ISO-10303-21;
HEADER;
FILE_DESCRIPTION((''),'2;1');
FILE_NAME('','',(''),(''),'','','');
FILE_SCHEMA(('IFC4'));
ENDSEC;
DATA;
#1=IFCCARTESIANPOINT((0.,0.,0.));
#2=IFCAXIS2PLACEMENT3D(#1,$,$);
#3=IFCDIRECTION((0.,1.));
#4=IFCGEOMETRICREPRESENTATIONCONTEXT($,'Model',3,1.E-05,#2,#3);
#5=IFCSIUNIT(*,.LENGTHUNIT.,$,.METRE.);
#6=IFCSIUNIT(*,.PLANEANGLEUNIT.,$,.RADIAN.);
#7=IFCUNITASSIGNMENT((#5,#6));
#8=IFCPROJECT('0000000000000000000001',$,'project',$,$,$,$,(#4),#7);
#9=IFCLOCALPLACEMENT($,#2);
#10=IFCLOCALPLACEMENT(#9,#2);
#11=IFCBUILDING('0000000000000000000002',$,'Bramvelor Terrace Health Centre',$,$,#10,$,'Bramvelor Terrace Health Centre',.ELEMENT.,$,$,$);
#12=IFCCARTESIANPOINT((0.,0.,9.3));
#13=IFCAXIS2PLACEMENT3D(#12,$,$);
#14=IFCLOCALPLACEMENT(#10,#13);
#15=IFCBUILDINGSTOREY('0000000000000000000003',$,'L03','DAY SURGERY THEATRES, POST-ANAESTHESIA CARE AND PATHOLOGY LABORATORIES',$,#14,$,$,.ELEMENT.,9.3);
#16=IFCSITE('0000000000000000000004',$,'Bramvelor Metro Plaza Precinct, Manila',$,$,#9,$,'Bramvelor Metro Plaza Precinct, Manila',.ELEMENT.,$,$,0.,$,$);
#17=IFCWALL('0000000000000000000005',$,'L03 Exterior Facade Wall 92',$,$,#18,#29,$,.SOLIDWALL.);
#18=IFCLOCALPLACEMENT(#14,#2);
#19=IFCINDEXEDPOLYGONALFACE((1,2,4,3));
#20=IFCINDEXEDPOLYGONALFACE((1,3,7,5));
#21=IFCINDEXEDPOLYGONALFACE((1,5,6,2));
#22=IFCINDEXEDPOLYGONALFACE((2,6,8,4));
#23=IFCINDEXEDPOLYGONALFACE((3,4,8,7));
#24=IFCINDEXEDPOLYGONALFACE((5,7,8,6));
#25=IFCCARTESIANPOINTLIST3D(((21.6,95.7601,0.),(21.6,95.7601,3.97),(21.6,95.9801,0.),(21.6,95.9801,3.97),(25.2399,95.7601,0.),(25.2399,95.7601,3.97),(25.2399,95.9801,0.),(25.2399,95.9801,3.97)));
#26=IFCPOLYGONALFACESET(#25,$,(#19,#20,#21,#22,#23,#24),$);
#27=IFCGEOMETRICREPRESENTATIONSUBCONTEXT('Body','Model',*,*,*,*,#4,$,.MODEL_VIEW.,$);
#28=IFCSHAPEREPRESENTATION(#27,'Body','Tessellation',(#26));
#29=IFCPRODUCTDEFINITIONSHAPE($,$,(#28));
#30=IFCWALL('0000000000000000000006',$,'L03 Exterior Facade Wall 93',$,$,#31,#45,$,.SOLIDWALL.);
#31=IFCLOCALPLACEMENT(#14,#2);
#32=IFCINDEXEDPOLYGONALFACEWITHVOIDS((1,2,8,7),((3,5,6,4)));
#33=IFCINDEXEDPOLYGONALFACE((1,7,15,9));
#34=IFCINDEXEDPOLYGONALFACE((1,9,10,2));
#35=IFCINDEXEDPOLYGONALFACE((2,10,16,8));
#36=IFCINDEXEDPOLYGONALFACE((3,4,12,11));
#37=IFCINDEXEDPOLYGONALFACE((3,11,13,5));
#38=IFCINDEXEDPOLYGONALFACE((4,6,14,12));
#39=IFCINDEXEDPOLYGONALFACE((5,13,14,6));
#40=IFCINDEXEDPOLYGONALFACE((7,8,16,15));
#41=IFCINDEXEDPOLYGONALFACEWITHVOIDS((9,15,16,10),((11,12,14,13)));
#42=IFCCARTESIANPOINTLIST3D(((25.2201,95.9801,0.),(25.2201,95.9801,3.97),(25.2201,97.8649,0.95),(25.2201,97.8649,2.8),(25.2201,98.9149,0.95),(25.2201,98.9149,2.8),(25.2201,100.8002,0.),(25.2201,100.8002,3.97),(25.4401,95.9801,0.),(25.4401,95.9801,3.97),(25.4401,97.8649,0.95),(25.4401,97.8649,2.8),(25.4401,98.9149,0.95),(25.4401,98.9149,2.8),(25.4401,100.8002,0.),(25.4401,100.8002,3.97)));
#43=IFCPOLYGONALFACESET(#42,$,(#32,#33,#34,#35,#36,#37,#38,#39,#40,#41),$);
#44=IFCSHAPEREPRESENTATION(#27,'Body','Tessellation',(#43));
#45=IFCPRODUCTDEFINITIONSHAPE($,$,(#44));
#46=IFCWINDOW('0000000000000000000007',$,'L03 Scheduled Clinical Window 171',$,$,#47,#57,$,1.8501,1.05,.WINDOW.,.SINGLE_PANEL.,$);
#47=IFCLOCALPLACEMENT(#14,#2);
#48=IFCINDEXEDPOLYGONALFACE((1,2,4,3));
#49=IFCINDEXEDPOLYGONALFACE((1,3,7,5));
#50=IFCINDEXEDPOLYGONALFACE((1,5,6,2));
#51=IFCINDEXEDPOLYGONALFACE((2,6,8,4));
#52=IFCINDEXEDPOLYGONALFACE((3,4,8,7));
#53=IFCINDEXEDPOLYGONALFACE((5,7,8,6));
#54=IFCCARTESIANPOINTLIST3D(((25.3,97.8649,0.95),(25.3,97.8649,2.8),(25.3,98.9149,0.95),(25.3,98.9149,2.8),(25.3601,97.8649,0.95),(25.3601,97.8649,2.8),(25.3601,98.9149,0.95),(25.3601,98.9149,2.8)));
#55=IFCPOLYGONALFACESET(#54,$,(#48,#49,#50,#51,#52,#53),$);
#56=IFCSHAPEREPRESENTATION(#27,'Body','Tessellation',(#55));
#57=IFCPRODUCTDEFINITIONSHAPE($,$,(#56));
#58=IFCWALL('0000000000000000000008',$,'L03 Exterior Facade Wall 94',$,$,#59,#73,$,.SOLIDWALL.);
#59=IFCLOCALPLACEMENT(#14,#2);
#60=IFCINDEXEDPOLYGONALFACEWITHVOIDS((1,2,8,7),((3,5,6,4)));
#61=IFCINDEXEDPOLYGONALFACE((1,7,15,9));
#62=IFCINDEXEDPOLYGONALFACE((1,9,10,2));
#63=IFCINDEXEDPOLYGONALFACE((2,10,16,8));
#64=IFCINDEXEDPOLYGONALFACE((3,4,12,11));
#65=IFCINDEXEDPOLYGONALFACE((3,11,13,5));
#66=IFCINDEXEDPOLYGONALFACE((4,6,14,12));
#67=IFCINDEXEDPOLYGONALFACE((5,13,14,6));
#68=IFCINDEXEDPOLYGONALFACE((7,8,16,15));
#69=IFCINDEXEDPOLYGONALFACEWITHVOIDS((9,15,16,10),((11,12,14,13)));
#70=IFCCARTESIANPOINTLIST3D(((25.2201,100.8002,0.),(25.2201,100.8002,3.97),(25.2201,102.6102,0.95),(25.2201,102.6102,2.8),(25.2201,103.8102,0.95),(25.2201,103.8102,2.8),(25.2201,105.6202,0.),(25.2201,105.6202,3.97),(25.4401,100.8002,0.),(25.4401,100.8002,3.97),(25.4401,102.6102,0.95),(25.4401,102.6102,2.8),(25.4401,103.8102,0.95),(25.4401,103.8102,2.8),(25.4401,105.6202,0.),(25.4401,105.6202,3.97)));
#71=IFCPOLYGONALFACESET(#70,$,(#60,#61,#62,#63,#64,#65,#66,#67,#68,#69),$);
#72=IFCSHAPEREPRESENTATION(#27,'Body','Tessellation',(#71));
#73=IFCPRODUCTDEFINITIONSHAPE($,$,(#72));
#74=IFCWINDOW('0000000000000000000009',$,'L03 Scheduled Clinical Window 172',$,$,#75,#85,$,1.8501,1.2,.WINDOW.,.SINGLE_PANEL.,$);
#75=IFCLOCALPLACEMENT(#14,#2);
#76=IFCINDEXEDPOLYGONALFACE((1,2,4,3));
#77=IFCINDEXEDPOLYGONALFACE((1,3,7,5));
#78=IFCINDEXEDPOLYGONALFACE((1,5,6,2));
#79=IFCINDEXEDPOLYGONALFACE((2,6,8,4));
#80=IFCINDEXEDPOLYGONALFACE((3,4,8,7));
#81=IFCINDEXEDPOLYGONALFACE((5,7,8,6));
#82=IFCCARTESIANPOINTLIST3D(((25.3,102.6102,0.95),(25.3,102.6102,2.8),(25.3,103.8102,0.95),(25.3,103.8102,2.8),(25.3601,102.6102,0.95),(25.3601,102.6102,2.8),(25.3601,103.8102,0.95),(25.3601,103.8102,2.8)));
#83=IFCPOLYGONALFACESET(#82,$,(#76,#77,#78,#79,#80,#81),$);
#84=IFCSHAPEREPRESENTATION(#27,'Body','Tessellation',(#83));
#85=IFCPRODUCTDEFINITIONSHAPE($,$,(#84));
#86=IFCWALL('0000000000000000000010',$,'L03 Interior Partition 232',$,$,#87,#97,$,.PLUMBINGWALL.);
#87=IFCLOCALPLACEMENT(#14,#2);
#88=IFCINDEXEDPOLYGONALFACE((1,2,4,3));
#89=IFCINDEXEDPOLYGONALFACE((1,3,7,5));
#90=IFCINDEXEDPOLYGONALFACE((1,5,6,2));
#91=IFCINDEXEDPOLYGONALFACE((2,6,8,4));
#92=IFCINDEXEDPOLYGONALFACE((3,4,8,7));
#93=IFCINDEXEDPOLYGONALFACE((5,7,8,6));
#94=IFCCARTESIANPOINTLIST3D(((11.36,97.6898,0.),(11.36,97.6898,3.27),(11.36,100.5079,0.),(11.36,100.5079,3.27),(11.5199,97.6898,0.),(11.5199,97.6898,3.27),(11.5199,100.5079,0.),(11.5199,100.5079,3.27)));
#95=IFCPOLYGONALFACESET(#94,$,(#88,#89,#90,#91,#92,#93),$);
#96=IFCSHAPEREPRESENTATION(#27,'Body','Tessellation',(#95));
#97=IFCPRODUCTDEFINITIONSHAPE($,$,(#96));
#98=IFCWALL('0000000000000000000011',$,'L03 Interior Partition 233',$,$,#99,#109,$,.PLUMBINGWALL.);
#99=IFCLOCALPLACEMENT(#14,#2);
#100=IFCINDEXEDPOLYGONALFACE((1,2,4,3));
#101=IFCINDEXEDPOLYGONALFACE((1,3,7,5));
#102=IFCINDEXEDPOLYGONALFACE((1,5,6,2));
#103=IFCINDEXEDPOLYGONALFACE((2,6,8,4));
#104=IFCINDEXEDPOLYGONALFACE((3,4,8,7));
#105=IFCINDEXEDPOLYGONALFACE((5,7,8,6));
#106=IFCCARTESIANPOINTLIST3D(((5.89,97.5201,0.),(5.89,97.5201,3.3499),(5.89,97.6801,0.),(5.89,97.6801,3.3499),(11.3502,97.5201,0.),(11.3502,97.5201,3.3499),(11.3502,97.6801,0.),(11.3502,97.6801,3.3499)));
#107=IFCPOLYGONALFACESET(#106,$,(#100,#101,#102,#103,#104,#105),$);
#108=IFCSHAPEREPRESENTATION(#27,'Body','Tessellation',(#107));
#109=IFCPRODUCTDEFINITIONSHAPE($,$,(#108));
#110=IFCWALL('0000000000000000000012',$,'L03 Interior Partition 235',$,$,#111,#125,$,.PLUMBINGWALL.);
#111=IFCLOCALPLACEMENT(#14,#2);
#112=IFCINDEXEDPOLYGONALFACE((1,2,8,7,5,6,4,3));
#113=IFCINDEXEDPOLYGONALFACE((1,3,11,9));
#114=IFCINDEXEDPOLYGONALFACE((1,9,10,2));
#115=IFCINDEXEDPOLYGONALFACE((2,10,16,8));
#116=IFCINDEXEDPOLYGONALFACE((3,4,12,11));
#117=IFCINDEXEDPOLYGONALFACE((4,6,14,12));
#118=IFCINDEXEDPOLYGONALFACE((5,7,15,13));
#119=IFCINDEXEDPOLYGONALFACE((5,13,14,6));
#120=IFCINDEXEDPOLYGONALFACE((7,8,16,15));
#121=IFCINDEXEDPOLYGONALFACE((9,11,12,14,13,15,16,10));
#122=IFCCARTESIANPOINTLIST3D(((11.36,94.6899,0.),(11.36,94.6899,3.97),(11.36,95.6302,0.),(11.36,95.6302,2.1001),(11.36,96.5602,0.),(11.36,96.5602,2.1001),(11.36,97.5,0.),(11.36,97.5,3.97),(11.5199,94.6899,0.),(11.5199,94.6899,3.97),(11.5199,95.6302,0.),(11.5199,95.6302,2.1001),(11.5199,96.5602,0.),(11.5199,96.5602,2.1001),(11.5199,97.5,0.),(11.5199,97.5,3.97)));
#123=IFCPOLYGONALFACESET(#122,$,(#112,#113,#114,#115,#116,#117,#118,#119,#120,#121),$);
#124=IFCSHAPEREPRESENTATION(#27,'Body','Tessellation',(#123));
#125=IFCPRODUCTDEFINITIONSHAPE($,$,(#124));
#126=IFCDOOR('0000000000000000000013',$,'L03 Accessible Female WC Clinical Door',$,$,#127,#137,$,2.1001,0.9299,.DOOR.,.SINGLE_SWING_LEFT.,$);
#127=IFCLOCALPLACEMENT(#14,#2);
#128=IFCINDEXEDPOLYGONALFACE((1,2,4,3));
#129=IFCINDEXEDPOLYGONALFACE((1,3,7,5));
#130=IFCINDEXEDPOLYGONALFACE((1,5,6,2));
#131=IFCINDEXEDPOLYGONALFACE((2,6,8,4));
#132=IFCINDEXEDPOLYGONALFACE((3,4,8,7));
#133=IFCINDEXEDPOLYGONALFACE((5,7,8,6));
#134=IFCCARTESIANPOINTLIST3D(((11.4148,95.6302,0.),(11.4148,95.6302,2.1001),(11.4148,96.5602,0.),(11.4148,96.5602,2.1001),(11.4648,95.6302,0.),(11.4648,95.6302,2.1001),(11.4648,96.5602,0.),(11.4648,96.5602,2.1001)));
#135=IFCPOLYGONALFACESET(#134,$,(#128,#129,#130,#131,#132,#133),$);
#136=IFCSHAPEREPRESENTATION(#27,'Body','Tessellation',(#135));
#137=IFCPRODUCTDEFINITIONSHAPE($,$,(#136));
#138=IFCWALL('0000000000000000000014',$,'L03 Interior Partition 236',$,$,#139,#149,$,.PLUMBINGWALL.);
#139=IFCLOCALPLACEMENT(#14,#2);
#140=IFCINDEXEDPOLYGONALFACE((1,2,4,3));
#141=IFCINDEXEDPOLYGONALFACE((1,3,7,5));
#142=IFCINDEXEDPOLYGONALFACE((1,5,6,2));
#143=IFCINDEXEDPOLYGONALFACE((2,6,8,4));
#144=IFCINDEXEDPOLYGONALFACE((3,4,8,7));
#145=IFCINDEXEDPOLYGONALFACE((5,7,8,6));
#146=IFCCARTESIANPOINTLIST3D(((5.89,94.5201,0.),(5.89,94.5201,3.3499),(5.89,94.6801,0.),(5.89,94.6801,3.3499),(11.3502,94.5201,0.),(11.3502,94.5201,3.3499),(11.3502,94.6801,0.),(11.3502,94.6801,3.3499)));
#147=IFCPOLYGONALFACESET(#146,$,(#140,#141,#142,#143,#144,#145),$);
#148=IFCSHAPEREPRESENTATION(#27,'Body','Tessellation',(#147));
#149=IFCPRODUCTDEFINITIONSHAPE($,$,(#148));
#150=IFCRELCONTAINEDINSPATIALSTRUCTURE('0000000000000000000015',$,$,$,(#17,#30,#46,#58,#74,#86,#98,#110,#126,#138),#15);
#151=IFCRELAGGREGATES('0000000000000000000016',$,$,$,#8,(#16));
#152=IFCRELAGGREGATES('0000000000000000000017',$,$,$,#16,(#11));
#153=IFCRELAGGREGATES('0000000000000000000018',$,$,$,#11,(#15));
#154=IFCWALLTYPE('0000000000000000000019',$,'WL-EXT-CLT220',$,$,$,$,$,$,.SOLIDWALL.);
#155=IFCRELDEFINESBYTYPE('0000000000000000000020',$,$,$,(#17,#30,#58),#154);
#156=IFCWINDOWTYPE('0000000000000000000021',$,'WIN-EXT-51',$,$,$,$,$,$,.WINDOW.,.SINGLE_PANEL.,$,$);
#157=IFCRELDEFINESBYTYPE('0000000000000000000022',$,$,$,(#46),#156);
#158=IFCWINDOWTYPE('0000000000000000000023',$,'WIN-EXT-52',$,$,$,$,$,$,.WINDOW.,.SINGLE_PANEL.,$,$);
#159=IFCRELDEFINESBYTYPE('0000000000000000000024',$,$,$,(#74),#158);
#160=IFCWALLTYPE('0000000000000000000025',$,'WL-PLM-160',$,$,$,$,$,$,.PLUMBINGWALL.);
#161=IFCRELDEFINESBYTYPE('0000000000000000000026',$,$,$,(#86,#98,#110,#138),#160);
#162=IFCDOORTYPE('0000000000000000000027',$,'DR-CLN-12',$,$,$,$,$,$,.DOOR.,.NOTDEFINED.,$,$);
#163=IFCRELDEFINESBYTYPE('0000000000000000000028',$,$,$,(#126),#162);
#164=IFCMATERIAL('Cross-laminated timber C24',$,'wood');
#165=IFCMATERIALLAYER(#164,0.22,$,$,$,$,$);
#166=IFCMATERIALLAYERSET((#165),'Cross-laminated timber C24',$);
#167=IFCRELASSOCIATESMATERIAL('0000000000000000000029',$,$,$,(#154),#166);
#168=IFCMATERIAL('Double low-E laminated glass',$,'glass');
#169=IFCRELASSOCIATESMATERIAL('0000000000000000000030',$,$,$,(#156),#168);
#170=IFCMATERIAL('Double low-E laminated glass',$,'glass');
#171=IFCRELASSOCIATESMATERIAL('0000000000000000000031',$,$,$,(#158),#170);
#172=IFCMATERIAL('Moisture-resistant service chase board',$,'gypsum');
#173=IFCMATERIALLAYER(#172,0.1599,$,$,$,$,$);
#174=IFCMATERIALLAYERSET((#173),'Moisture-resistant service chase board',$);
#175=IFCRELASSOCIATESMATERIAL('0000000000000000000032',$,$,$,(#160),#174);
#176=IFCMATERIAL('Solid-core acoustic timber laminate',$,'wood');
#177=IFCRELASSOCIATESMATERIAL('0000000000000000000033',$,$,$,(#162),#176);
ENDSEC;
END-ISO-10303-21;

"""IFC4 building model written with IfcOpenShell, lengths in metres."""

from ifc_helpers import new_model, si_unit, direction, frame, frame_2d, origin, place, context, subcontext, project, spatial, rectangle, extrude, material, layer, layer_set, type_object, element, fill, save


model = new_model("IFC4")

# Units and contexts
model_context = context("Model", 3, precision=1e-05, world=origin(), true_north=direction((0.0, 1.0)))
body_context = subcontext(model_context, "Body", "Model", "MODEL_VIEW")
ifc_project = project(units=[si_unit("LENGTHUNIT", "METRE"), si_unit("PLANEANGLEUNIT", "RADIAN")], contexts=[model_context])

# Site, building, storey
site_placement = place(None, origin())
site = spatial("IfcSite", under=ifc_project, at=site_placement, Name="Bramvelor Metro Plaza Precinct, Manila", LongName="Bramvelor Metro Plaza Precinct, Manila", CompositionType="ELEMENT", RefElevation=0.0)
building_placement = place(site_placement, origin())
building = spatial("IfcBuilding", under=site, at=building_placement, Name="Bramvelor Terrace Health Centre", LongName="Bramvelor Terrace Health Centre", CompositionType="ELEMENT")
storey_placement = place(building_placement, frame((0.0, 0.0, 9.3)))
storey = spatial("IfcBuildingStorey", under=building, at=storey_placement, Name="L03", Description="DAY SURGERY THEATRES, POST-ANAESTHESIA CARE AND PATHOLOGY LABORATORIES", CompositionType="ELEMENT", Elevation=9.3)

# Shared definitions
ifc_material_1 = material(Name="Cross-laminated timber C24", Category="wood")
ifc_layer_1 = layer(ifc_material_1, 0.22)
ifc_layer_set_1 = layer_set([ifc_layer_1], Name="Cross-laminated timber C24")
wall_type_1 = type_object("IfcWallType", Name="WL-EXT-CLT220", PredefinedType="SOLIDWALL", material=ifc_layer_set_1)

# Wall
wall_1_placement = place(storey_placement, frame((21.6001, 95.8701, 0.0), z_axis=(0.0, 0.0, 1.0), x_axis=(1.0, 0.0, 0.0)))
element("IfcWall", 1, at=wall_1_placement, inside=storey, type_object=wall_type_1, Name="L03 Exterior Facade Wall 92", PredefinedType="SOLIDWALL", context=body_context, shape_type="SweptSolid", body=[
    extrude(rectangle(XDim=3.6399, YDim=0.22, at=frame_2d((1.8198, 0.0))), origin(), (0.0, 0.0, 1.0), 3.97),
])

# Walls, openings, windows
wall_2_placement = place(storey_placement, frame((25.3301, 95.98, 0.0), z_axis=(0.0, 0.0, 1.0), x_axis=(0.0, 1.0, 0.0)))
wall_2 = element("IfcWall", 2, at=wall_2_placement, inside=storey, type_object=wall_type_1, Name="L03 Exterior Facade Wall 93", PredefinedType="SOLIDWALL", context=body_context, shape_type="SweptSolid", body=[
    extrude(rectangle(XDim=4.8201, YDim=0.22, at=frame_2d((2.4102, 0.0))), origin(), (0.0, 0.0, 1.0), 3.97),
])
opening_1_placement = place(wall_2_placement, frame((1.885, 0.0, 0.95)))
opening_1 = element("IfcOpeningElement", 3, at=opening_1_placement, cuts=wall_2, PredefinedType="OPENING", context=body_context, shape_type="SweptSolid", body=[
    extrude(rectangle(XDim=1.05, YDim=1.8501, at=frame_2d((0.5249, 0.925))), frame((0.0, 0.1199, 0.0), z_axis=(0.0, -1.0, 0.0), x_axis=(1.0, 0.0, 0.0)), (0.0, 0.0, 1.0), 0.24),
])
ifc_material_2 = material(Name="Double low-E laminated glass", Category="glass")
window_type_1 = type_object("IfcWindowType", Name="WIN-EXT-51", PartitioningType="SINGLE_PANEL", PredefinedType="WINDOW", material=ifc_material_2)
window_1_placement = place(opening_1_placement, origin())
window_1 = element("IfcWindow", 4, at=window_1_placement, inside=storey, type_object=window_type_1, Name="L03 Scheduled Clinical Window 171", OverallHeight=1.8501, OverallWidth=1.05, PartitioningType="SINGLE_PANEL", PredefinedType="WINDOW", context=body_context, shape_type="SweptSolid", body=[
    extrude(rectangle(XDim=1.05, YDim=1.8501, at=frame_2d((0.5249, 0.925))), frame((0.0, 0.03, 0.0), z_axis=(0.0, -1.0, 0.0), x_axis=(1.0, 0.0, 0.0)), (0.0, 0.0, 1.0), 0.0601),
])
fill(opening_1, window_1)
wall_3_placement = place(storey_placement, frame((25.3301, 100.8, 0.0), z_axis=(0.0, 0.0, 1.0), x_axis=(0.0, 1.0, 0.0)))
wall_3 = element("IfcWall", 5, at=wall_3_placement, inside=storey, type_object=wall_type_1, Name="L03 Exterior Facade Wall 94", PredefinedType="SOLIDWALL", context=body_context, shape_type="SweptSolid", body=[
    extrude(rectangle(XDim=4.8201, YDim=0.22, at=frame_2d((2.4102, 0.0))), origin(), (0.0, 0.0, 1.0), 3.97),
])
opening_2_placement = place(wall_3_placement, frame((1.8101, 0.0, 0.95)))
opening_2 = element("IfcOpeningElement", 6, at=opening_2_placement, cuts=wall_3, PredefinedType="OPENING", context=body_context, shape_type="SweptSolid", body=[
    extrude(rectangle(XDim=1.2, YDim=1.8501, at=frame_2d((0.6001, 0.925))), frame((0.0, 0.1199, 0.0), z_axis=(0.0, -1.0, 0.0), x_axis=(1.0, 0.0, 0.0)), (0.0, 0.0, 1.0), 0.24),
])
ifc_material_3 = material(Name="Double low-E laminated glass", Category="glass")
window_type_2 = type_object("IfcWindowType", Name="WIN-EXT-52", PartitioningType="SINGLE_PANEL", PredefinedType="WINDOW", material=ifc_material_3)
window_2_placement = place(opening_2_placement, origin())
window_2 = element("IfcWindow", 7, at=window_2_placement, inside=storey, type_object=window_type_2, Name="L03 Scheduled Clinical Window 172", OverallHeight=1.8501, OverallWidth=1.2, PartitioningType="SINGLE_PANEL", PredefinedType="WINDOW", context=body_context, shape_type="SweptSolid", body=[
    extrude(rectangle(XDim=1.2, YDim=1.8501, at=frame_2d((0.6001, 0.925))), frame((0.0, 0.03, 0.0), z_axis=(0.0, -1.0, 0.0), x_axis=(1.0, 0.0, 0.0)), (0.0, 0.0, 1.0), 0.0601),
])
fill(opening_2, window_2)

# Walls
ifc_material_4 = material(Name="Moisture-resistant service chase board", Category="gypsum")
ifc_layer_2 = layer(ifc_material_4, 0.1599)
ifc_layer_set_2 = layer_set([ifc_layer_2], Name="Moisture-resistant service chase board")
wall_type_2 = type_object("IfcWallType", Name="WL-PLM-160", PredefinedType="PLUMBINGWALL", material=ifc_layer_set_2)
wall_4_placement = place(storey_placement, frame((11.4399, 100.5081, 0.0), z_axis=(0.0, 0.0, 1.0), x_axis=(0.0, -1.0, 0.0)))
element("IfcWall", 8, at=wall_4_placement, inside=storey, type_object=wall_type_2, Name="L03 Interior Partition 232", PredefinedType="PLUMBINGWALL", context=body_context, shape_type="SweptSolid", body=[
    extrude(rectangle(XDim=2.8181, YDim=0.1599, at=frame_2d((1.4092, 0.0))), origin(), (0.0, 0.0, 1.0), 3.27),
])
wall_5_placement = place(storey_placement, frame((11.3501, 97.6001, 0.0), z_axis=(0.0, 0.0, 1.0), x_axis=(-1.0, 0.0, 0.0)))
element("IfcWall", 9, at=wall_5_placement, inside=storey, type_object=wall_type_2, Name="L03 Interior Partition 233", PredefinedType="PLUMBINGWALL", context=body_context, shape_type="SweptSolid", body=[
    extrude(rectangle(XDim=5.4602, YDim=0.1599, at=frame_2d((2.73, 0.0))), origin(), (0.0, 0.0, 1.0), 3.3499),
])

# Wall, opening, door
wall_6_placement = place(storey_placement, frame((11.4399, 97.5, 0.0), z_axis=(0.0, 0.0, 1.0), x_axis=(0.0, -1.0, 0.0)))
wall_6 = element("IfcWall", 10, at=wall_6_placement, inside=storey, type_object=wall_type_2, Name="L03 Interior Partition 235", PredefinedType="PLUMBINGWALL", context=body_context, shape_type="SweptSolid", body=[
    extrude(rectangle(XDim=2.8101, YDim=0.1599, at=frame_2d((1.405, 0.0))), origin(), (0.0, 0.0, 1.0), 3.97),
])
opening_3_placement = place(wall_6_placement, frame((0.9399, 0.0, 0.0)))
opening_3 = element("IfcOpeningElement", 11, at=opening_3_placement, cuts=wall_6, PredefinedType="OPENING", context=body_context, shape_type="SweptSolid", body=[
    extrude(rectangle(XDim=0.9299, YDim=2.1001, at=frame_2d((0.4648, 1.05))), frame((0.0, 0.0898, 0.0), z_axis=(0.0, -1.0, 0.0), x_axis=(1.0, 0.0, 0.0)), (0.0, 0.0, 1.0), 0.1799),
])
ifc_material_5 = material(Name="Solid-core acoustic timber laminate", Category="wood")
door_type_1 = type_object("IfcDoorType", Name="DR-CLN-12", OperationType="NOTDEFINED", PredefinedType="DOOR", material=ifc_material_5)
door_1_placement = place(opening_3_placement, origin())
door_1 = element("IfcDoor", 12, at=door_1_placement, inside=storey, type_object=door_type_1, Name="L03 Accessible Female WC Clinical Door", OperationType="SINGLE_SWING_LEFT", OverallHeight=2.1001, OverallWidth=0.9299, PredefinedType="DOOR", context=body_context, shape_type="SweptSolid", body=[
    extrude(rectangle(XDim=0.9299, YDim=2.1001, at=frame_2d((0.4648, 1.05))), frame((0.0, 0.0249, 0.0), z_axis=(0.0, -1.0, 0.0), x_axis=(1.0, 0.0, 0.0)), (0.0, 0.0, 1.0), 0.05),
])
fill(opening_3, door_1)

# Wall
wall_7_placement = place(storey_placement, frame((11.3501, 94.6001, 0.0), z_axis=(0.0, 0.0, 1.0), x_axis=(-1.0, 0.0, 0.0)))
element("IfcWall", 13, at=wall_7_placement, inside=storey, type_object=wall_type_2, Name="L03 Interior Partition 236", PredefinedType="PLUMBINGWALL", context=body_context, shape_type="SweptSolid", body=[
    extrude(rectangle(XDim=5.4602, YDim=0.1599, at=frame_2d((2.73, 0.0))), origin(), (0.0, 0.0, 1.0), 3.3499),
])

save(model, "model.ifc")
